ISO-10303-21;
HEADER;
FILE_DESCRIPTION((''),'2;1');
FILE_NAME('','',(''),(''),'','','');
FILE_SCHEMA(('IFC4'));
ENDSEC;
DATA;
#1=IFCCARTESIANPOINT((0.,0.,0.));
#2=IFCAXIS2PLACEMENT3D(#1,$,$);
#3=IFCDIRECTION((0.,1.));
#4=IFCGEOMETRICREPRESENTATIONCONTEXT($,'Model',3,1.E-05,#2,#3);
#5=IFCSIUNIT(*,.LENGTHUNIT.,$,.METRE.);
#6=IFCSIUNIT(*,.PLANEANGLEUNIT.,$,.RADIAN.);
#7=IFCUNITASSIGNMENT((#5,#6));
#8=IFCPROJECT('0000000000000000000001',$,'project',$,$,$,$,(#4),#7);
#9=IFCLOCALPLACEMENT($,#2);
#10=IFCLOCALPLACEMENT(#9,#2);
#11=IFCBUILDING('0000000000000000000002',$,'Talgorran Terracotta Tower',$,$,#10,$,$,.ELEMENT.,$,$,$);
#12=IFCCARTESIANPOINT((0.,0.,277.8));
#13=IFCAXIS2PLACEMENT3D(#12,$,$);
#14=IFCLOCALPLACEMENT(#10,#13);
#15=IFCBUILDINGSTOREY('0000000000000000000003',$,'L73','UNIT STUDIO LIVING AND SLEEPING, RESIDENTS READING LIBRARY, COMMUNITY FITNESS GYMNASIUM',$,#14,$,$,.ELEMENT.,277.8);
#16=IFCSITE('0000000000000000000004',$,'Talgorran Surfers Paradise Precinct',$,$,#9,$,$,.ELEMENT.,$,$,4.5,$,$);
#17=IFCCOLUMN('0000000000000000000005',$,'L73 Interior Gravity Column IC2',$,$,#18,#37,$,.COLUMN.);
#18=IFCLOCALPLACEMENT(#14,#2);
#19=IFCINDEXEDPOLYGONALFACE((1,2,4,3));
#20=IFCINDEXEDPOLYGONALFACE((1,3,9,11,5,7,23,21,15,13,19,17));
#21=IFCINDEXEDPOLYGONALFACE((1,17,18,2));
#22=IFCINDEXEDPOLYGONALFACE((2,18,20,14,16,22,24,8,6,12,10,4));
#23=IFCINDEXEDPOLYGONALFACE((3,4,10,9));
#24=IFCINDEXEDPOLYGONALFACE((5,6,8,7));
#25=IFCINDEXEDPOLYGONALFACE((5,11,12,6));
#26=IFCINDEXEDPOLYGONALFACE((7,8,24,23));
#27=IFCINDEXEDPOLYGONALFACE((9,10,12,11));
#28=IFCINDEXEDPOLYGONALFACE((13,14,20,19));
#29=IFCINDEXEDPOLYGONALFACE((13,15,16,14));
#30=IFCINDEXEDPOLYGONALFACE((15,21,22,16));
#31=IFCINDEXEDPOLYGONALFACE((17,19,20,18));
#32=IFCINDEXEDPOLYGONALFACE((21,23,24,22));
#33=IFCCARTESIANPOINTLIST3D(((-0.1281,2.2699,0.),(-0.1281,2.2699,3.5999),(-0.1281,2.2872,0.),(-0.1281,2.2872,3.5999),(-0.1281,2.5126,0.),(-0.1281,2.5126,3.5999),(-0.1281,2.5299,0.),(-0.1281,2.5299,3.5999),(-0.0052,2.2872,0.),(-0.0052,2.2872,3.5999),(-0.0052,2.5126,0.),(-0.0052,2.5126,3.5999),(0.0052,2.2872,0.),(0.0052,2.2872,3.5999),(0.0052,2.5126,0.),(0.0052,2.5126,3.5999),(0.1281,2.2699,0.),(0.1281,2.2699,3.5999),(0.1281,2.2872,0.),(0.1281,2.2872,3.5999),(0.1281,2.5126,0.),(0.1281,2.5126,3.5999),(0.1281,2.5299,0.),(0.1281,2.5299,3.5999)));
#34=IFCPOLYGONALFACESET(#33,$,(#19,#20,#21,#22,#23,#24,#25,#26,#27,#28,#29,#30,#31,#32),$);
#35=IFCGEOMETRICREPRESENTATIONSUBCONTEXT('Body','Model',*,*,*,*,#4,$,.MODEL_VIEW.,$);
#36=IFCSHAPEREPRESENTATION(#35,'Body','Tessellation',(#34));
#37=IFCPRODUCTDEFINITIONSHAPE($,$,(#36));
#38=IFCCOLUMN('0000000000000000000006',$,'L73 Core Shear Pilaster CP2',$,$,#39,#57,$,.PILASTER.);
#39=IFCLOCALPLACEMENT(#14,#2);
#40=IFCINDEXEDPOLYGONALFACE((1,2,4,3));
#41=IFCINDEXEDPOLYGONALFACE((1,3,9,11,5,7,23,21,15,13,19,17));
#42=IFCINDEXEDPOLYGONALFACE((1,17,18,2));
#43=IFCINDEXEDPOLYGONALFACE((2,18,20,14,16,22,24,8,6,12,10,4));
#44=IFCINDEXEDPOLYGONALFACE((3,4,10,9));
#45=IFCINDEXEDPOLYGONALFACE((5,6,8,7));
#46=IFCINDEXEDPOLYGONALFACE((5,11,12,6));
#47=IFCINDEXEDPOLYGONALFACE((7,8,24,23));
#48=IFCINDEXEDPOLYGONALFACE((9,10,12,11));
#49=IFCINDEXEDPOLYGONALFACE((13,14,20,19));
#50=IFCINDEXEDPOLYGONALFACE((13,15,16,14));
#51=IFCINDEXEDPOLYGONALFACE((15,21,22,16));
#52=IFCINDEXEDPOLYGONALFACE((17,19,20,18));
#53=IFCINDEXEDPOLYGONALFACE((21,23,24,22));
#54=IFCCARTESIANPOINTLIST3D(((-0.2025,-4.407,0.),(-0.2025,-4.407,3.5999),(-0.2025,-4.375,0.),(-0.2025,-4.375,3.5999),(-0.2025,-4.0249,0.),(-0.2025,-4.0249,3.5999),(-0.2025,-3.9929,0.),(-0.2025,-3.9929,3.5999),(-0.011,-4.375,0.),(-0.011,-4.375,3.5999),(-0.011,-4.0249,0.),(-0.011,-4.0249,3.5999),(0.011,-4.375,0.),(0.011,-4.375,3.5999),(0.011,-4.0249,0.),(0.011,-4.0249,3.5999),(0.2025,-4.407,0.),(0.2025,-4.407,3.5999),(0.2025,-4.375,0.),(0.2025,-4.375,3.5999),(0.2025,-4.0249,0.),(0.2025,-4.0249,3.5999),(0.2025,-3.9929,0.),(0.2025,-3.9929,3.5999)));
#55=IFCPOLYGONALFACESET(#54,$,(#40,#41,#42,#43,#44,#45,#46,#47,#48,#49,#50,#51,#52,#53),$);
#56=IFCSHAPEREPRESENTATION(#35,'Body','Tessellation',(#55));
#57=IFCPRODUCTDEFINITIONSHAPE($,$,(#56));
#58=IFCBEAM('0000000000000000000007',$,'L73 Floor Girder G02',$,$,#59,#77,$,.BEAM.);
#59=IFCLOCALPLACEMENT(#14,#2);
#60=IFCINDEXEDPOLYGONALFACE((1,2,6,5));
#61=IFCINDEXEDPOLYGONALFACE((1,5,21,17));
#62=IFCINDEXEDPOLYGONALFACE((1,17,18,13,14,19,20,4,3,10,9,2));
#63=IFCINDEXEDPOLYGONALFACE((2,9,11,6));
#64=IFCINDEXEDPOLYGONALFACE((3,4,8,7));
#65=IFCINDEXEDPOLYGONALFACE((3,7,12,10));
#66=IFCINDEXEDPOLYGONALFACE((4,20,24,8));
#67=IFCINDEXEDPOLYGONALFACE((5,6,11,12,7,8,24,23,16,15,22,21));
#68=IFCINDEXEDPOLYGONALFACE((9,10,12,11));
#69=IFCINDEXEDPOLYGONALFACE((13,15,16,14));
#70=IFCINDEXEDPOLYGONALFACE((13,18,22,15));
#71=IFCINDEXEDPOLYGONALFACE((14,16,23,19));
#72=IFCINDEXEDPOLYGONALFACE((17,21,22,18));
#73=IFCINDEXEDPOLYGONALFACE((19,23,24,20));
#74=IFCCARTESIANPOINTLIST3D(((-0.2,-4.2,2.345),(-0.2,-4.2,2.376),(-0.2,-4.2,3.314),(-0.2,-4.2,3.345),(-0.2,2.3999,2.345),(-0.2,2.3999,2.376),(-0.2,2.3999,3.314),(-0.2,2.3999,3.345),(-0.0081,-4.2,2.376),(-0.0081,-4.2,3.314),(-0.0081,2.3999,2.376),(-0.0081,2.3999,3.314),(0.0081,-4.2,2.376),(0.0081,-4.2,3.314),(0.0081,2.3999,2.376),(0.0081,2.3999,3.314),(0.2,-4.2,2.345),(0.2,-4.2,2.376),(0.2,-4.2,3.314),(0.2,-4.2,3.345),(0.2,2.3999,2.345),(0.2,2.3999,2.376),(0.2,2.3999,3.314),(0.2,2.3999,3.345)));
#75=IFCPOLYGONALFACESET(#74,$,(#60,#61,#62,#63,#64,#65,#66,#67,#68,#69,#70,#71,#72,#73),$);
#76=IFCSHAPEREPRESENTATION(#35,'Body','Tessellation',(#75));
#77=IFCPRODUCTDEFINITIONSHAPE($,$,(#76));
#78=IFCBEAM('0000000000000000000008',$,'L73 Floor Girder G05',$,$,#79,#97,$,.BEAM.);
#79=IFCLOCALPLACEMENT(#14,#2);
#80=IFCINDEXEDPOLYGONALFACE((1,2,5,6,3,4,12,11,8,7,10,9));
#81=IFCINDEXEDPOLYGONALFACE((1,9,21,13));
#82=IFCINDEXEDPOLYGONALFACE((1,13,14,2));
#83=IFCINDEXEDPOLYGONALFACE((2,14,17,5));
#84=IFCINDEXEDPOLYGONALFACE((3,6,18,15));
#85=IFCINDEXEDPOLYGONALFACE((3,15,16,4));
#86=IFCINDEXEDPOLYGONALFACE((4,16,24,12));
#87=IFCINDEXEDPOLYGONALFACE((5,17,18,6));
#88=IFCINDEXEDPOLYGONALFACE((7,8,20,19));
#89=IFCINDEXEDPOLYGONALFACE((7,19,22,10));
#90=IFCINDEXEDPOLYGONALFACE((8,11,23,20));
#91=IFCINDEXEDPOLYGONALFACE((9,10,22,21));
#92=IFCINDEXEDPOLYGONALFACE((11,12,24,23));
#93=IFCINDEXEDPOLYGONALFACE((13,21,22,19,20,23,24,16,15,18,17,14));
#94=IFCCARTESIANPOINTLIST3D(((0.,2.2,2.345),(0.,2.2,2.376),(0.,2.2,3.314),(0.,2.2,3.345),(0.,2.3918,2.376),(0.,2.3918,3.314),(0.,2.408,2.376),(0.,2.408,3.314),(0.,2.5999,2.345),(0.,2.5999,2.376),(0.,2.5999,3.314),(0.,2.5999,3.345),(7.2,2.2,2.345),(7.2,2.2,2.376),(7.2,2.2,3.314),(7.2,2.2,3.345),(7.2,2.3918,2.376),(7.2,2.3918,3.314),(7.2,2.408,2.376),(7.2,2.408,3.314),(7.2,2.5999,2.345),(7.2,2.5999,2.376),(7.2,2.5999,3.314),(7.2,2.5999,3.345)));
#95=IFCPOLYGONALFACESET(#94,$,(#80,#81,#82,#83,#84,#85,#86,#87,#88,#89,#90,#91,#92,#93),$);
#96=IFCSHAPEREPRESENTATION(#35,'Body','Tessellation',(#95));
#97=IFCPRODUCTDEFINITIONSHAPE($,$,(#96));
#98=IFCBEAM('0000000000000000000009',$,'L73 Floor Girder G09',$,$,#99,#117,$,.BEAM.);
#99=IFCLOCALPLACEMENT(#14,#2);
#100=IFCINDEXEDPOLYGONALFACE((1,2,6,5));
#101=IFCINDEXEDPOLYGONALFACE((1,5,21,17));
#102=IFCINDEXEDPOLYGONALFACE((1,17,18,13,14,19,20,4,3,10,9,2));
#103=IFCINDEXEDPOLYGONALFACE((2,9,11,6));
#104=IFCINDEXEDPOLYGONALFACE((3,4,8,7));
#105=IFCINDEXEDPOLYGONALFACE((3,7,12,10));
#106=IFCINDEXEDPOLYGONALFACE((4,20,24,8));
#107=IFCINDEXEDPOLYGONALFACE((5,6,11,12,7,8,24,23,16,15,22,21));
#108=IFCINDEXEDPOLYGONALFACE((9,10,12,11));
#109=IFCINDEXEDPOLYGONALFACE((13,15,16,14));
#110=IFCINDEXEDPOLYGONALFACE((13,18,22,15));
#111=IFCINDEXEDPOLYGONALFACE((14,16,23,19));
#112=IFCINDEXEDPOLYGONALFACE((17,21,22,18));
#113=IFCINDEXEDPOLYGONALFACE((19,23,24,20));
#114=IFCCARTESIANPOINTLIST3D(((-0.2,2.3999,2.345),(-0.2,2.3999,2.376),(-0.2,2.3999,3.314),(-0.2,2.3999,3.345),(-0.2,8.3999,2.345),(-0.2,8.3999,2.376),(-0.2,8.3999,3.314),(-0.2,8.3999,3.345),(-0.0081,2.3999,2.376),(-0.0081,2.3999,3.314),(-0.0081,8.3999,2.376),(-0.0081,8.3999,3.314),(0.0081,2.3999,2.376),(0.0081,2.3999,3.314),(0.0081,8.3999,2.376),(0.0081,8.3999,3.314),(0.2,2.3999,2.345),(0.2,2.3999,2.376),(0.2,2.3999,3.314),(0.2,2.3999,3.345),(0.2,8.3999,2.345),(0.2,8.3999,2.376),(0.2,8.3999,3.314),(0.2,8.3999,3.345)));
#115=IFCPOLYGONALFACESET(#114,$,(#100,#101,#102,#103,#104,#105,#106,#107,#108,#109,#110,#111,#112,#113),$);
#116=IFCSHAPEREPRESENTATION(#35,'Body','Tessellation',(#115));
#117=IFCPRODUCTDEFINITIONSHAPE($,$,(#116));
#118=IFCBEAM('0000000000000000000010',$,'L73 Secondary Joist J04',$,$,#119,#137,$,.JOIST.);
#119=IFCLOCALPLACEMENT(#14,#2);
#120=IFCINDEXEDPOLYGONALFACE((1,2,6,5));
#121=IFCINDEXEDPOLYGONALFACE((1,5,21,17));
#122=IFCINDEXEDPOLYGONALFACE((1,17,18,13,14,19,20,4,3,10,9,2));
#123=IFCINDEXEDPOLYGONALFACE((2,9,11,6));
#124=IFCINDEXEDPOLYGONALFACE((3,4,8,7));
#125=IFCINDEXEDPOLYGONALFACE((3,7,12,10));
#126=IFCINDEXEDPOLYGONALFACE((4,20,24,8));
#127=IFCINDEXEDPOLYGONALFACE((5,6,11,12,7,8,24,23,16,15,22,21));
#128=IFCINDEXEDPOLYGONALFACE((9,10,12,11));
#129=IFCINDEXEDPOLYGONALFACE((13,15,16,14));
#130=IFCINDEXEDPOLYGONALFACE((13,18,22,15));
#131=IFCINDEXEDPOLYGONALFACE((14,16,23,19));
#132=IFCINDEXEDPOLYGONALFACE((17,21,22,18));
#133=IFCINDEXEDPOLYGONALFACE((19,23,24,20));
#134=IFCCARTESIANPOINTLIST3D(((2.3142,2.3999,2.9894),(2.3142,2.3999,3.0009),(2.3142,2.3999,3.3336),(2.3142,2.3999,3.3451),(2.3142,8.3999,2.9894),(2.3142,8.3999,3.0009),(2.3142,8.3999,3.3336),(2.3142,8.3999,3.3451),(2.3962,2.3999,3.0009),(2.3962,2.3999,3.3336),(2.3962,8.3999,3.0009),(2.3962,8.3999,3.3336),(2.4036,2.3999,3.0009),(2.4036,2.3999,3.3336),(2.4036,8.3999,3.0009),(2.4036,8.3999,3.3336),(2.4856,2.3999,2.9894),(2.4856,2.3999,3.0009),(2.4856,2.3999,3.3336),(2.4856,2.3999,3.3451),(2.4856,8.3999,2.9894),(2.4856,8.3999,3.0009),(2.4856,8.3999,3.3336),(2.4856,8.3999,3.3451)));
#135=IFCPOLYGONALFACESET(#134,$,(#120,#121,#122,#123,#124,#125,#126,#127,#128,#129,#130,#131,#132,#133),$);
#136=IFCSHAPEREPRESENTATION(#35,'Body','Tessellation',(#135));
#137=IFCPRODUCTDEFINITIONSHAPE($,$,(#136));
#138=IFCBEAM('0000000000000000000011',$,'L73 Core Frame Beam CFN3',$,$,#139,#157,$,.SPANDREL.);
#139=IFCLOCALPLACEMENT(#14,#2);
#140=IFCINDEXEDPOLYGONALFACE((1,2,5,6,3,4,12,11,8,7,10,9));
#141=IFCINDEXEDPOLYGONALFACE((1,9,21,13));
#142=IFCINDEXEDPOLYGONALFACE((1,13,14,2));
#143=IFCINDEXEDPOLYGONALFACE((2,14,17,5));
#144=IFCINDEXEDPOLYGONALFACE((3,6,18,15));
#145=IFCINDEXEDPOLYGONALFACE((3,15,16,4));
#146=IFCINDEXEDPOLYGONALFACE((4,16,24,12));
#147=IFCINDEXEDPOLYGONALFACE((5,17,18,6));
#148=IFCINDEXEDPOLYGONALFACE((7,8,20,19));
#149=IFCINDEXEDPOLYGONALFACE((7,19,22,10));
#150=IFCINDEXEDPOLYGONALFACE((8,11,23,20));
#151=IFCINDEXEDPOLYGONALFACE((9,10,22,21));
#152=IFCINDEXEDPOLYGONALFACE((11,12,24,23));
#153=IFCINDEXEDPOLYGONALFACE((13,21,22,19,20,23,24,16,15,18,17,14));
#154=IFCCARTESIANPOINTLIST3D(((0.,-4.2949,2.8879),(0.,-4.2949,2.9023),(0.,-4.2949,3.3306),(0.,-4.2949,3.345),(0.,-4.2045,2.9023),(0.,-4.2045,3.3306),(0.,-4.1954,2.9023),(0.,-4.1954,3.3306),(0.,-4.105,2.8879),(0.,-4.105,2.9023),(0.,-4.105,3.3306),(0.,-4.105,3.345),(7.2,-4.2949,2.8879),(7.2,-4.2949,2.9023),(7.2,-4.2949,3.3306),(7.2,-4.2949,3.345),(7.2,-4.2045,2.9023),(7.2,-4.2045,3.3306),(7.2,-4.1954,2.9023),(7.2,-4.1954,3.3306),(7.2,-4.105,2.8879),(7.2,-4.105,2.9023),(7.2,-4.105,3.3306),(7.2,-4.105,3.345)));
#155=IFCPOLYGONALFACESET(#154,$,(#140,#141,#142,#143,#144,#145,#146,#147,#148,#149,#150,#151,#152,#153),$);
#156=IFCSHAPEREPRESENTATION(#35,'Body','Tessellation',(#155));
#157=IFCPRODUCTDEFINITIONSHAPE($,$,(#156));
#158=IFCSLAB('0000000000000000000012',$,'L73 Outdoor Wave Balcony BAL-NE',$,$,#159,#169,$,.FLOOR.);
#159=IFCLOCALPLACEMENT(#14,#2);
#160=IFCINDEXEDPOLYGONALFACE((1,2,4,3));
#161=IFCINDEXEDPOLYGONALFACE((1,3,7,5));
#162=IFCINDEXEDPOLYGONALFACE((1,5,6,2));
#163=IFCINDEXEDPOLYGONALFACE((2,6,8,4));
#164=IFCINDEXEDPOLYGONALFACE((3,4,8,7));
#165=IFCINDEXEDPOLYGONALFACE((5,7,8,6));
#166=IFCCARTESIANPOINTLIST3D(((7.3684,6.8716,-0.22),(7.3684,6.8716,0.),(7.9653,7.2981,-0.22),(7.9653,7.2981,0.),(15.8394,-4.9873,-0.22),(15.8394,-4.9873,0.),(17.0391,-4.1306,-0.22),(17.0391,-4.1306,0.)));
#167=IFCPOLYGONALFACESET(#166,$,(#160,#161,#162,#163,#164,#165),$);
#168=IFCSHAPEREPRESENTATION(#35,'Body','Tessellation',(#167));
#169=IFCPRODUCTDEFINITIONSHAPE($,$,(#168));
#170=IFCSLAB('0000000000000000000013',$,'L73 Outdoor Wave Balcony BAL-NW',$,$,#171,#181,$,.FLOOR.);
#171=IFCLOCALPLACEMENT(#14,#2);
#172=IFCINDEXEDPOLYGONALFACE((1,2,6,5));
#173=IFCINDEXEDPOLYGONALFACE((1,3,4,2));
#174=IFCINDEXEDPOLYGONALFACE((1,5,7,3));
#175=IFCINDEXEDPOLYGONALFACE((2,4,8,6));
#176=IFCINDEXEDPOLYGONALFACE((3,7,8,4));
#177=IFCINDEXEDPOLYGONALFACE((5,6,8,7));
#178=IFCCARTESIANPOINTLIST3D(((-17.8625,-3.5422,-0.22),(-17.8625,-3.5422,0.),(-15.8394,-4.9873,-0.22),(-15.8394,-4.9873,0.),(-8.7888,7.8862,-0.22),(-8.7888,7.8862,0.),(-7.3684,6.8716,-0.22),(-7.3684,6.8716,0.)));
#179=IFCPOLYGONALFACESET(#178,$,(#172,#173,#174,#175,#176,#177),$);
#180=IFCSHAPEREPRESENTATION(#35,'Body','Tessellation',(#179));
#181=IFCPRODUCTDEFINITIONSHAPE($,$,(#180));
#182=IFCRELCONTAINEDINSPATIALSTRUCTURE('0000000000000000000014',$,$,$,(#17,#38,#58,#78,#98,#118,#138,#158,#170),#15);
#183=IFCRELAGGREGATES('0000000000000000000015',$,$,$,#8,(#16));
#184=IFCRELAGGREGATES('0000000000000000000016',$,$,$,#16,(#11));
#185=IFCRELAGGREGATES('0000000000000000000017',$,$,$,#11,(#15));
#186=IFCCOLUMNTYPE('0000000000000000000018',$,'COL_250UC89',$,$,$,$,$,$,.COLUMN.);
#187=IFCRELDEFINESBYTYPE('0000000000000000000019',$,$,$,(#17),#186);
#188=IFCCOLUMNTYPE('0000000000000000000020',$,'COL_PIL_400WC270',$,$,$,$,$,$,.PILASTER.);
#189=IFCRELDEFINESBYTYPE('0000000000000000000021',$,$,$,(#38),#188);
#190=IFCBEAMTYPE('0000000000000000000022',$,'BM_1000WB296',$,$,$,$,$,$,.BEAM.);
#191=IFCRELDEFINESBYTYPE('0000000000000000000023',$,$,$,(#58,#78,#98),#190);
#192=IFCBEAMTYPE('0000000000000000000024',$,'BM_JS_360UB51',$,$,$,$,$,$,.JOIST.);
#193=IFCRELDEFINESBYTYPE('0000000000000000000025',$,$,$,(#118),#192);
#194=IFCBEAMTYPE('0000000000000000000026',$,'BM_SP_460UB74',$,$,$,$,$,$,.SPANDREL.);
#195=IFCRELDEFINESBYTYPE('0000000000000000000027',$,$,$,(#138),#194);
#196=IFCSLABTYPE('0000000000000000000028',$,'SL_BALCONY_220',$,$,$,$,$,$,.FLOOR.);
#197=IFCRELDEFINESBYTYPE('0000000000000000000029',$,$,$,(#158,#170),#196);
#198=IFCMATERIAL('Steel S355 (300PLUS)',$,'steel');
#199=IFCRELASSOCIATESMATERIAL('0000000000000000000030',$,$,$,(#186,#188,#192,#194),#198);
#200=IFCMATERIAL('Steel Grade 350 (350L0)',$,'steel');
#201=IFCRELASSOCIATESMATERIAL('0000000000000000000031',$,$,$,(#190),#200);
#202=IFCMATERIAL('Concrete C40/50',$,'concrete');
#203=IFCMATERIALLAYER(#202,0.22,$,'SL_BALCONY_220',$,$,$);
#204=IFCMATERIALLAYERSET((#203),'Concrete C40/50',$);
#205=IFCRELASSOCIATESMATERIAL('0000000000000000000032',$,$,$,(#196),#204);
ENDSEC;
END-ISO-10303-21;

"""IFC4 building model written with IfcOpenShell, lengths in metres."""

from ifc_helpers import new_model, si_unit, direction, frame, origin, origin_2d, place, context, subcontext, project, spatial, polyline, i_section, outline, extrude, material, layer, layer_set, material_profile, profile_set, type_object, element, save


model = new_model("IFC4")

# Units and contexts
model_context = context("Model", 3, precision=1e-05, world=origin(), true_north=direction((0.0, 1.0)))
body_context = subcontext(model_context, "Body", "Model", "MODEL_VIEW")
ifc_project = project(units=[si_unit("LENGTHUNIT", "METRE"), si_unit("PLANEANGLEUNIT", "RADIAN")], contexts=[model_context])

# Site, building, storey
site_placement = place(None, origin())
site = spatial("IfcSite", under=ifc_project, at=site_placement, Name="Talgorran Surfers Paradise Precinct", CompositionType="ELEMENT", RefElevation=4.5)
building_placement = place(site_placement, origin())
building = spatial("IfcBuilding", under=site, at=building_placement, Name="Talgorran Terracotta Tower", CompositionType="ELEMENT")
storey_placement = place(building_placement, frame((0.0, 0.0, 277.8)))
storey = spatial("IfcBuildingStorey", under=building, at=storey_placement, Name="L73", Description="UNIT STUDIO LIVING AND SLEEPING, RESIDENTS READING LIBRARY, COMMUNITY FITNESS GYMNASIUM", CompositionType="ELEMENT", Elevation=277.8)

# Columns
ifc_material_1 = material(Name="Steel S355 (300PLUS)", Category="steel")
ifc_material_profile_1 = material_profile(ifc_material_1, i_section(OverallWidth=0.2561, OverallDepth=0.26, WebThickness=0.0105, FlangeThickness=0.0173, at=origin_2d()), Name="250UC89.5")
ifc_profile_set_1 = profile_set([ifc_material_profile_1], Name="Steel S355 (300PLUS)")
column_type_1 = type_object("IfcColumnType", Name="COL_250UC89", PredefinedType="COLUMN", material=ifc_profile_set_1)
column_1_placement = place(storey_placement, frame((0.0, 2.3999, 0.0), z_axis=(0.0, 0.0, 1.0), x_axis=(1.0, 0.0, 0.0)))
element("IfcColumn", 1, at=column_1_placement, inside=storey, type_object=column_type_1, Name="L73 Interior Gravity Column IC2", PredefinedType="COLUMN", context=body_context, shape_type="SweptSolid", body=[
    extrude(i_section(OverallWidth=0.2561, OverallDepth=0.26, WebThickness=0.0105, FlangeThickness=0.0173, at=origin_2d()), origin(), (0.0, 0.0, 1.0), 3.5999),
])
ifc_material_profile_2 = material_profile(ifc_material_1, i_section(OverallWidth=0.405, OverallDepth=0.4141, WebThickness=0.022, FlangeThickness=0.032, at=origin_2d()), Name="400WC270")
ifc_profile_set_2 = profile_set([ifc_material_profile_2], Name="Steel S355 (300PLUS)")
column_type_2 = type_object("IfcColumnType", Name="COL_PIL_400WC270", PredefinedType="PILASTER", material=ifc_profile_set_2)
column_2_placement = place(storey_placement, frame((0.0, -4.2, 0.0), z_axis=(0.0, 0.0, 1.0), x_axis=(1.0, 0.0, 0.0)))
element("IfcColumn", 2, at=column_2_placement, inside=storey, type_object=column_type_2, Name="L73 Core Shear Pilaster CP2", PredefinedType="PILASTER", context=body_context, shape_type="SweptSolid", body=[
    extrude(i_section(OverallWidth=0.405, OverallDepth=0.4141, WebThickness=0.022, FlangeThickness=0.032, at=origin_2d()), origin(), (0.0, 0.0, 1.0), 3.5999),
])

# Beams
ifc_material_2 = material(Name="Steel Grade 350 (350L0)", Category="steel")
ifc_material_profile_3 = material_profile(ifc_material_2, i_section(OverallWidth=0.3999, OverallDepth=1.0, WebThickness=0.0161, FlangeThickness=0.031, at=origin_2d()), Name="1000WB296")
ifc_profile_set_3 = profile_set([ifc_material_profile_3], Name="Steel Grade 350 (350L0)")
beam_type_1 = type_object("IfcBeamType", Name="BM_1000WB296", PredefinedType="BEAM", material=ifc_profile_set_3)
beam_1_placement = place(storey_placement, frame((0.0, -4.2, 2.845), z_axis=(0.0, 1.0, 0.0), x_axis=(-1.0, 0.0, 0.0)))
element("IfcBeam", 3, at=beam_1_placement, inside=storey, type_object=beam_type_1, Name="L73 Floor Girder G02", PredefinedType="BEAM", context=body_context, shape_type="SweptSolid", body=[
    extrude(i_section(OverallWidth=0.3999, OverallDepth=1.0, WebThickness=0.0161, FlangeThickness=0.031, at=origin_2d()), origin(), (0.0, 0.0, 1.0), 6.5999),
])
beam_2_placement = place(storey_placement, frame((0.0, 2.3999, 2.845), z_axis=(1.0, 0.0, 0.0), x_axis=(0.0, 1.0, 0.0)))
element("IfcBeam", 4, at=beam_2_placement, inside=storey, type_object=beam_type_1, Name="L73 Floor Girder G05", PredefinedType="BEAM", context=body_context, shape_type="SweptSolid", body=[
    extrude(i_section(OverallWidth=0.3999, OverallDepth=1.0, WebThickness=0.0161, FlangeThickness=0.031, at=origin_2d()), origin(), (0.0, 0.0, 1.0), 7.2),
])
beam_3_placement = place(storey_placement, frame((0.0, 2.3999, 2.845), z_axis=(0.0, 1.0, 0.0), x_axis=(-1.0, 0.0, 0.0)))
element("IfcBeam", 5, at=beam_3_placement, inside=storey, type_object=beam_type_1, Name="L73 Floor Girder G09", PredefinedType="BEAM", context=body_context, shape_type="SweptSolid", body=[
    extrude(i_section(OverallWidth=0.3999, OverallDepth=1.0, WebThickness=0.0161, FlangeThickness=0.031, at=origin_2d()), origin(), (0.0, 0.0, 1.0), 6.0),
])
ifc_material_profile_4 = material_profile(ifc_material_1, i_section(OverallWidth=0.1714, OverallDepth=0.3557, WebThickness=0.0073, FlangeThickness=0.0115, at=origin_2d()), Name="360UB50.7")
ifc_profile_set_4 = profile_set([ifc_material_profile_4], Name="Steel S355 (300PLUS)")
beam_type_2 = type_object("IfcBeamType", Name="BM_JS_360UB51", PredefinedType="JOIST", material=ifc_profile_set_4)
beam_4_placement = place(storey_placement, frame((2.3999, 2.3999, 3.1672), z_axis=(0.0, 1.0, 0.0), x_axis=(-1.0, 0.0, 0.0)))
element("IfcBeam", 6, at=beam_4_placement, inside=storey, type_object=beam_type_2, Name="L73 Secondary Joist J04", PredefinedType="JOIST", context=body_context, shape_type="SweptSolid", body=[
    extrude(i_section(OverallWidth=0.1714, OverallDepth=0.3557, WebThickness=0.0073, FlangeThickness=0.0115, at=origin_2d()), origin(), (0.0, 0.0, 1.0), 6.0),
])
ifc_material_profile_5 = material_profile(ifc_material_1, i_section(OverallWidth=0.1899, OverallDepth=0.457, WebThickness=0.009, FlangeThickness=0.0144, at=origin_2d()), Name="460UB74.6")
ifc_profile_set_5 = profile_set([ifc_material_profile_5], Name="Steel S355 (300PLUS)")
beam_type_3 = type_object("IfcBeamType", Name="BM_SP_460UB74", PredefinedType="SPANDREL", material=ifc_profile_set_5)
beam_5_placement = place(storey_placement, frame((0.0, -4.2, 3.1165), z_axis=(1.0, 0.0, 0.0), x_axis=(0.0, 1.0, 0.0)))
element("IfcBeam", 7, at=beam_5_placement, inside=storey, type_object=beam_type_3, Name="L73 Core Frame Beam CFN3", PredefinedType="SPANDREL", context=body_context, shape_type="SweptSolid", body=[
    extrude(i_section(OverallWidth=0.1899, OverallDepth=0.457, WebThickness=0.009, FlangeThickness=0.0144, at=origin_2d()), origin(), (0.0, 0.0, 1.0), 7.2),
])

# Slabs
ifc_material_3 = material(Name="Concrete C40/50", Category="concrete")
ifc_layer_1 = layer(ifc_material_3, 0.22, Name="SL_BALCONY_220")
ifc_layer_set_1 = layer_set([ifc_layer_1], Name="Concrete C40/50")
slab_type_1 = type_object("IfcSlabType", Name="SL_BALCONY_220", PredefinedType="FLOOR", material=ifc_layer_set_1)
slab_1_placement = place(storey_placement, frame((0.0, 0.0, -0.22)))
element("IfcSlab", 8, at=slab_1_placement, inside=storey, type_object=slab_type_1, Name="L73 Outdoor Wave Balcony BAL-NE", PredefinedType="FLOOR", context=body_context, shape_type="SweptSolid", body=[
    extrude(outline(polyline([(7.3684, 6.8716), (15.8394, -4.9873), (17.0391, -4.1306), (7.9653, 7.2981), (7.3684, 6.8716)])), origin(), (0.0, 0.0, 1.0), 0.22),
])
slab_2_placement = place(storey_placement, frame((0.0, 0.0, -0.22)))
element("IfcSlab", 9, at=slab_2_placement, inside=storey, type_object=slab_type_1, Name="L73 Outdoor Wave Balcony BAL-NW", PredefinedType="FLOOR", context=body_context, shape_type="SweptSolid", body=[
    extrude(outline(polyline([(-15.8394, -4.9873), (-7.3684, 6.8716), (-8.7888, 7.8862), (-17.8625, -3.5422), (-15.8394, -4.9873)])), origin(), (0.0, 0.0, 1.0), 0.22),
])

save(model, "model.ifc")
